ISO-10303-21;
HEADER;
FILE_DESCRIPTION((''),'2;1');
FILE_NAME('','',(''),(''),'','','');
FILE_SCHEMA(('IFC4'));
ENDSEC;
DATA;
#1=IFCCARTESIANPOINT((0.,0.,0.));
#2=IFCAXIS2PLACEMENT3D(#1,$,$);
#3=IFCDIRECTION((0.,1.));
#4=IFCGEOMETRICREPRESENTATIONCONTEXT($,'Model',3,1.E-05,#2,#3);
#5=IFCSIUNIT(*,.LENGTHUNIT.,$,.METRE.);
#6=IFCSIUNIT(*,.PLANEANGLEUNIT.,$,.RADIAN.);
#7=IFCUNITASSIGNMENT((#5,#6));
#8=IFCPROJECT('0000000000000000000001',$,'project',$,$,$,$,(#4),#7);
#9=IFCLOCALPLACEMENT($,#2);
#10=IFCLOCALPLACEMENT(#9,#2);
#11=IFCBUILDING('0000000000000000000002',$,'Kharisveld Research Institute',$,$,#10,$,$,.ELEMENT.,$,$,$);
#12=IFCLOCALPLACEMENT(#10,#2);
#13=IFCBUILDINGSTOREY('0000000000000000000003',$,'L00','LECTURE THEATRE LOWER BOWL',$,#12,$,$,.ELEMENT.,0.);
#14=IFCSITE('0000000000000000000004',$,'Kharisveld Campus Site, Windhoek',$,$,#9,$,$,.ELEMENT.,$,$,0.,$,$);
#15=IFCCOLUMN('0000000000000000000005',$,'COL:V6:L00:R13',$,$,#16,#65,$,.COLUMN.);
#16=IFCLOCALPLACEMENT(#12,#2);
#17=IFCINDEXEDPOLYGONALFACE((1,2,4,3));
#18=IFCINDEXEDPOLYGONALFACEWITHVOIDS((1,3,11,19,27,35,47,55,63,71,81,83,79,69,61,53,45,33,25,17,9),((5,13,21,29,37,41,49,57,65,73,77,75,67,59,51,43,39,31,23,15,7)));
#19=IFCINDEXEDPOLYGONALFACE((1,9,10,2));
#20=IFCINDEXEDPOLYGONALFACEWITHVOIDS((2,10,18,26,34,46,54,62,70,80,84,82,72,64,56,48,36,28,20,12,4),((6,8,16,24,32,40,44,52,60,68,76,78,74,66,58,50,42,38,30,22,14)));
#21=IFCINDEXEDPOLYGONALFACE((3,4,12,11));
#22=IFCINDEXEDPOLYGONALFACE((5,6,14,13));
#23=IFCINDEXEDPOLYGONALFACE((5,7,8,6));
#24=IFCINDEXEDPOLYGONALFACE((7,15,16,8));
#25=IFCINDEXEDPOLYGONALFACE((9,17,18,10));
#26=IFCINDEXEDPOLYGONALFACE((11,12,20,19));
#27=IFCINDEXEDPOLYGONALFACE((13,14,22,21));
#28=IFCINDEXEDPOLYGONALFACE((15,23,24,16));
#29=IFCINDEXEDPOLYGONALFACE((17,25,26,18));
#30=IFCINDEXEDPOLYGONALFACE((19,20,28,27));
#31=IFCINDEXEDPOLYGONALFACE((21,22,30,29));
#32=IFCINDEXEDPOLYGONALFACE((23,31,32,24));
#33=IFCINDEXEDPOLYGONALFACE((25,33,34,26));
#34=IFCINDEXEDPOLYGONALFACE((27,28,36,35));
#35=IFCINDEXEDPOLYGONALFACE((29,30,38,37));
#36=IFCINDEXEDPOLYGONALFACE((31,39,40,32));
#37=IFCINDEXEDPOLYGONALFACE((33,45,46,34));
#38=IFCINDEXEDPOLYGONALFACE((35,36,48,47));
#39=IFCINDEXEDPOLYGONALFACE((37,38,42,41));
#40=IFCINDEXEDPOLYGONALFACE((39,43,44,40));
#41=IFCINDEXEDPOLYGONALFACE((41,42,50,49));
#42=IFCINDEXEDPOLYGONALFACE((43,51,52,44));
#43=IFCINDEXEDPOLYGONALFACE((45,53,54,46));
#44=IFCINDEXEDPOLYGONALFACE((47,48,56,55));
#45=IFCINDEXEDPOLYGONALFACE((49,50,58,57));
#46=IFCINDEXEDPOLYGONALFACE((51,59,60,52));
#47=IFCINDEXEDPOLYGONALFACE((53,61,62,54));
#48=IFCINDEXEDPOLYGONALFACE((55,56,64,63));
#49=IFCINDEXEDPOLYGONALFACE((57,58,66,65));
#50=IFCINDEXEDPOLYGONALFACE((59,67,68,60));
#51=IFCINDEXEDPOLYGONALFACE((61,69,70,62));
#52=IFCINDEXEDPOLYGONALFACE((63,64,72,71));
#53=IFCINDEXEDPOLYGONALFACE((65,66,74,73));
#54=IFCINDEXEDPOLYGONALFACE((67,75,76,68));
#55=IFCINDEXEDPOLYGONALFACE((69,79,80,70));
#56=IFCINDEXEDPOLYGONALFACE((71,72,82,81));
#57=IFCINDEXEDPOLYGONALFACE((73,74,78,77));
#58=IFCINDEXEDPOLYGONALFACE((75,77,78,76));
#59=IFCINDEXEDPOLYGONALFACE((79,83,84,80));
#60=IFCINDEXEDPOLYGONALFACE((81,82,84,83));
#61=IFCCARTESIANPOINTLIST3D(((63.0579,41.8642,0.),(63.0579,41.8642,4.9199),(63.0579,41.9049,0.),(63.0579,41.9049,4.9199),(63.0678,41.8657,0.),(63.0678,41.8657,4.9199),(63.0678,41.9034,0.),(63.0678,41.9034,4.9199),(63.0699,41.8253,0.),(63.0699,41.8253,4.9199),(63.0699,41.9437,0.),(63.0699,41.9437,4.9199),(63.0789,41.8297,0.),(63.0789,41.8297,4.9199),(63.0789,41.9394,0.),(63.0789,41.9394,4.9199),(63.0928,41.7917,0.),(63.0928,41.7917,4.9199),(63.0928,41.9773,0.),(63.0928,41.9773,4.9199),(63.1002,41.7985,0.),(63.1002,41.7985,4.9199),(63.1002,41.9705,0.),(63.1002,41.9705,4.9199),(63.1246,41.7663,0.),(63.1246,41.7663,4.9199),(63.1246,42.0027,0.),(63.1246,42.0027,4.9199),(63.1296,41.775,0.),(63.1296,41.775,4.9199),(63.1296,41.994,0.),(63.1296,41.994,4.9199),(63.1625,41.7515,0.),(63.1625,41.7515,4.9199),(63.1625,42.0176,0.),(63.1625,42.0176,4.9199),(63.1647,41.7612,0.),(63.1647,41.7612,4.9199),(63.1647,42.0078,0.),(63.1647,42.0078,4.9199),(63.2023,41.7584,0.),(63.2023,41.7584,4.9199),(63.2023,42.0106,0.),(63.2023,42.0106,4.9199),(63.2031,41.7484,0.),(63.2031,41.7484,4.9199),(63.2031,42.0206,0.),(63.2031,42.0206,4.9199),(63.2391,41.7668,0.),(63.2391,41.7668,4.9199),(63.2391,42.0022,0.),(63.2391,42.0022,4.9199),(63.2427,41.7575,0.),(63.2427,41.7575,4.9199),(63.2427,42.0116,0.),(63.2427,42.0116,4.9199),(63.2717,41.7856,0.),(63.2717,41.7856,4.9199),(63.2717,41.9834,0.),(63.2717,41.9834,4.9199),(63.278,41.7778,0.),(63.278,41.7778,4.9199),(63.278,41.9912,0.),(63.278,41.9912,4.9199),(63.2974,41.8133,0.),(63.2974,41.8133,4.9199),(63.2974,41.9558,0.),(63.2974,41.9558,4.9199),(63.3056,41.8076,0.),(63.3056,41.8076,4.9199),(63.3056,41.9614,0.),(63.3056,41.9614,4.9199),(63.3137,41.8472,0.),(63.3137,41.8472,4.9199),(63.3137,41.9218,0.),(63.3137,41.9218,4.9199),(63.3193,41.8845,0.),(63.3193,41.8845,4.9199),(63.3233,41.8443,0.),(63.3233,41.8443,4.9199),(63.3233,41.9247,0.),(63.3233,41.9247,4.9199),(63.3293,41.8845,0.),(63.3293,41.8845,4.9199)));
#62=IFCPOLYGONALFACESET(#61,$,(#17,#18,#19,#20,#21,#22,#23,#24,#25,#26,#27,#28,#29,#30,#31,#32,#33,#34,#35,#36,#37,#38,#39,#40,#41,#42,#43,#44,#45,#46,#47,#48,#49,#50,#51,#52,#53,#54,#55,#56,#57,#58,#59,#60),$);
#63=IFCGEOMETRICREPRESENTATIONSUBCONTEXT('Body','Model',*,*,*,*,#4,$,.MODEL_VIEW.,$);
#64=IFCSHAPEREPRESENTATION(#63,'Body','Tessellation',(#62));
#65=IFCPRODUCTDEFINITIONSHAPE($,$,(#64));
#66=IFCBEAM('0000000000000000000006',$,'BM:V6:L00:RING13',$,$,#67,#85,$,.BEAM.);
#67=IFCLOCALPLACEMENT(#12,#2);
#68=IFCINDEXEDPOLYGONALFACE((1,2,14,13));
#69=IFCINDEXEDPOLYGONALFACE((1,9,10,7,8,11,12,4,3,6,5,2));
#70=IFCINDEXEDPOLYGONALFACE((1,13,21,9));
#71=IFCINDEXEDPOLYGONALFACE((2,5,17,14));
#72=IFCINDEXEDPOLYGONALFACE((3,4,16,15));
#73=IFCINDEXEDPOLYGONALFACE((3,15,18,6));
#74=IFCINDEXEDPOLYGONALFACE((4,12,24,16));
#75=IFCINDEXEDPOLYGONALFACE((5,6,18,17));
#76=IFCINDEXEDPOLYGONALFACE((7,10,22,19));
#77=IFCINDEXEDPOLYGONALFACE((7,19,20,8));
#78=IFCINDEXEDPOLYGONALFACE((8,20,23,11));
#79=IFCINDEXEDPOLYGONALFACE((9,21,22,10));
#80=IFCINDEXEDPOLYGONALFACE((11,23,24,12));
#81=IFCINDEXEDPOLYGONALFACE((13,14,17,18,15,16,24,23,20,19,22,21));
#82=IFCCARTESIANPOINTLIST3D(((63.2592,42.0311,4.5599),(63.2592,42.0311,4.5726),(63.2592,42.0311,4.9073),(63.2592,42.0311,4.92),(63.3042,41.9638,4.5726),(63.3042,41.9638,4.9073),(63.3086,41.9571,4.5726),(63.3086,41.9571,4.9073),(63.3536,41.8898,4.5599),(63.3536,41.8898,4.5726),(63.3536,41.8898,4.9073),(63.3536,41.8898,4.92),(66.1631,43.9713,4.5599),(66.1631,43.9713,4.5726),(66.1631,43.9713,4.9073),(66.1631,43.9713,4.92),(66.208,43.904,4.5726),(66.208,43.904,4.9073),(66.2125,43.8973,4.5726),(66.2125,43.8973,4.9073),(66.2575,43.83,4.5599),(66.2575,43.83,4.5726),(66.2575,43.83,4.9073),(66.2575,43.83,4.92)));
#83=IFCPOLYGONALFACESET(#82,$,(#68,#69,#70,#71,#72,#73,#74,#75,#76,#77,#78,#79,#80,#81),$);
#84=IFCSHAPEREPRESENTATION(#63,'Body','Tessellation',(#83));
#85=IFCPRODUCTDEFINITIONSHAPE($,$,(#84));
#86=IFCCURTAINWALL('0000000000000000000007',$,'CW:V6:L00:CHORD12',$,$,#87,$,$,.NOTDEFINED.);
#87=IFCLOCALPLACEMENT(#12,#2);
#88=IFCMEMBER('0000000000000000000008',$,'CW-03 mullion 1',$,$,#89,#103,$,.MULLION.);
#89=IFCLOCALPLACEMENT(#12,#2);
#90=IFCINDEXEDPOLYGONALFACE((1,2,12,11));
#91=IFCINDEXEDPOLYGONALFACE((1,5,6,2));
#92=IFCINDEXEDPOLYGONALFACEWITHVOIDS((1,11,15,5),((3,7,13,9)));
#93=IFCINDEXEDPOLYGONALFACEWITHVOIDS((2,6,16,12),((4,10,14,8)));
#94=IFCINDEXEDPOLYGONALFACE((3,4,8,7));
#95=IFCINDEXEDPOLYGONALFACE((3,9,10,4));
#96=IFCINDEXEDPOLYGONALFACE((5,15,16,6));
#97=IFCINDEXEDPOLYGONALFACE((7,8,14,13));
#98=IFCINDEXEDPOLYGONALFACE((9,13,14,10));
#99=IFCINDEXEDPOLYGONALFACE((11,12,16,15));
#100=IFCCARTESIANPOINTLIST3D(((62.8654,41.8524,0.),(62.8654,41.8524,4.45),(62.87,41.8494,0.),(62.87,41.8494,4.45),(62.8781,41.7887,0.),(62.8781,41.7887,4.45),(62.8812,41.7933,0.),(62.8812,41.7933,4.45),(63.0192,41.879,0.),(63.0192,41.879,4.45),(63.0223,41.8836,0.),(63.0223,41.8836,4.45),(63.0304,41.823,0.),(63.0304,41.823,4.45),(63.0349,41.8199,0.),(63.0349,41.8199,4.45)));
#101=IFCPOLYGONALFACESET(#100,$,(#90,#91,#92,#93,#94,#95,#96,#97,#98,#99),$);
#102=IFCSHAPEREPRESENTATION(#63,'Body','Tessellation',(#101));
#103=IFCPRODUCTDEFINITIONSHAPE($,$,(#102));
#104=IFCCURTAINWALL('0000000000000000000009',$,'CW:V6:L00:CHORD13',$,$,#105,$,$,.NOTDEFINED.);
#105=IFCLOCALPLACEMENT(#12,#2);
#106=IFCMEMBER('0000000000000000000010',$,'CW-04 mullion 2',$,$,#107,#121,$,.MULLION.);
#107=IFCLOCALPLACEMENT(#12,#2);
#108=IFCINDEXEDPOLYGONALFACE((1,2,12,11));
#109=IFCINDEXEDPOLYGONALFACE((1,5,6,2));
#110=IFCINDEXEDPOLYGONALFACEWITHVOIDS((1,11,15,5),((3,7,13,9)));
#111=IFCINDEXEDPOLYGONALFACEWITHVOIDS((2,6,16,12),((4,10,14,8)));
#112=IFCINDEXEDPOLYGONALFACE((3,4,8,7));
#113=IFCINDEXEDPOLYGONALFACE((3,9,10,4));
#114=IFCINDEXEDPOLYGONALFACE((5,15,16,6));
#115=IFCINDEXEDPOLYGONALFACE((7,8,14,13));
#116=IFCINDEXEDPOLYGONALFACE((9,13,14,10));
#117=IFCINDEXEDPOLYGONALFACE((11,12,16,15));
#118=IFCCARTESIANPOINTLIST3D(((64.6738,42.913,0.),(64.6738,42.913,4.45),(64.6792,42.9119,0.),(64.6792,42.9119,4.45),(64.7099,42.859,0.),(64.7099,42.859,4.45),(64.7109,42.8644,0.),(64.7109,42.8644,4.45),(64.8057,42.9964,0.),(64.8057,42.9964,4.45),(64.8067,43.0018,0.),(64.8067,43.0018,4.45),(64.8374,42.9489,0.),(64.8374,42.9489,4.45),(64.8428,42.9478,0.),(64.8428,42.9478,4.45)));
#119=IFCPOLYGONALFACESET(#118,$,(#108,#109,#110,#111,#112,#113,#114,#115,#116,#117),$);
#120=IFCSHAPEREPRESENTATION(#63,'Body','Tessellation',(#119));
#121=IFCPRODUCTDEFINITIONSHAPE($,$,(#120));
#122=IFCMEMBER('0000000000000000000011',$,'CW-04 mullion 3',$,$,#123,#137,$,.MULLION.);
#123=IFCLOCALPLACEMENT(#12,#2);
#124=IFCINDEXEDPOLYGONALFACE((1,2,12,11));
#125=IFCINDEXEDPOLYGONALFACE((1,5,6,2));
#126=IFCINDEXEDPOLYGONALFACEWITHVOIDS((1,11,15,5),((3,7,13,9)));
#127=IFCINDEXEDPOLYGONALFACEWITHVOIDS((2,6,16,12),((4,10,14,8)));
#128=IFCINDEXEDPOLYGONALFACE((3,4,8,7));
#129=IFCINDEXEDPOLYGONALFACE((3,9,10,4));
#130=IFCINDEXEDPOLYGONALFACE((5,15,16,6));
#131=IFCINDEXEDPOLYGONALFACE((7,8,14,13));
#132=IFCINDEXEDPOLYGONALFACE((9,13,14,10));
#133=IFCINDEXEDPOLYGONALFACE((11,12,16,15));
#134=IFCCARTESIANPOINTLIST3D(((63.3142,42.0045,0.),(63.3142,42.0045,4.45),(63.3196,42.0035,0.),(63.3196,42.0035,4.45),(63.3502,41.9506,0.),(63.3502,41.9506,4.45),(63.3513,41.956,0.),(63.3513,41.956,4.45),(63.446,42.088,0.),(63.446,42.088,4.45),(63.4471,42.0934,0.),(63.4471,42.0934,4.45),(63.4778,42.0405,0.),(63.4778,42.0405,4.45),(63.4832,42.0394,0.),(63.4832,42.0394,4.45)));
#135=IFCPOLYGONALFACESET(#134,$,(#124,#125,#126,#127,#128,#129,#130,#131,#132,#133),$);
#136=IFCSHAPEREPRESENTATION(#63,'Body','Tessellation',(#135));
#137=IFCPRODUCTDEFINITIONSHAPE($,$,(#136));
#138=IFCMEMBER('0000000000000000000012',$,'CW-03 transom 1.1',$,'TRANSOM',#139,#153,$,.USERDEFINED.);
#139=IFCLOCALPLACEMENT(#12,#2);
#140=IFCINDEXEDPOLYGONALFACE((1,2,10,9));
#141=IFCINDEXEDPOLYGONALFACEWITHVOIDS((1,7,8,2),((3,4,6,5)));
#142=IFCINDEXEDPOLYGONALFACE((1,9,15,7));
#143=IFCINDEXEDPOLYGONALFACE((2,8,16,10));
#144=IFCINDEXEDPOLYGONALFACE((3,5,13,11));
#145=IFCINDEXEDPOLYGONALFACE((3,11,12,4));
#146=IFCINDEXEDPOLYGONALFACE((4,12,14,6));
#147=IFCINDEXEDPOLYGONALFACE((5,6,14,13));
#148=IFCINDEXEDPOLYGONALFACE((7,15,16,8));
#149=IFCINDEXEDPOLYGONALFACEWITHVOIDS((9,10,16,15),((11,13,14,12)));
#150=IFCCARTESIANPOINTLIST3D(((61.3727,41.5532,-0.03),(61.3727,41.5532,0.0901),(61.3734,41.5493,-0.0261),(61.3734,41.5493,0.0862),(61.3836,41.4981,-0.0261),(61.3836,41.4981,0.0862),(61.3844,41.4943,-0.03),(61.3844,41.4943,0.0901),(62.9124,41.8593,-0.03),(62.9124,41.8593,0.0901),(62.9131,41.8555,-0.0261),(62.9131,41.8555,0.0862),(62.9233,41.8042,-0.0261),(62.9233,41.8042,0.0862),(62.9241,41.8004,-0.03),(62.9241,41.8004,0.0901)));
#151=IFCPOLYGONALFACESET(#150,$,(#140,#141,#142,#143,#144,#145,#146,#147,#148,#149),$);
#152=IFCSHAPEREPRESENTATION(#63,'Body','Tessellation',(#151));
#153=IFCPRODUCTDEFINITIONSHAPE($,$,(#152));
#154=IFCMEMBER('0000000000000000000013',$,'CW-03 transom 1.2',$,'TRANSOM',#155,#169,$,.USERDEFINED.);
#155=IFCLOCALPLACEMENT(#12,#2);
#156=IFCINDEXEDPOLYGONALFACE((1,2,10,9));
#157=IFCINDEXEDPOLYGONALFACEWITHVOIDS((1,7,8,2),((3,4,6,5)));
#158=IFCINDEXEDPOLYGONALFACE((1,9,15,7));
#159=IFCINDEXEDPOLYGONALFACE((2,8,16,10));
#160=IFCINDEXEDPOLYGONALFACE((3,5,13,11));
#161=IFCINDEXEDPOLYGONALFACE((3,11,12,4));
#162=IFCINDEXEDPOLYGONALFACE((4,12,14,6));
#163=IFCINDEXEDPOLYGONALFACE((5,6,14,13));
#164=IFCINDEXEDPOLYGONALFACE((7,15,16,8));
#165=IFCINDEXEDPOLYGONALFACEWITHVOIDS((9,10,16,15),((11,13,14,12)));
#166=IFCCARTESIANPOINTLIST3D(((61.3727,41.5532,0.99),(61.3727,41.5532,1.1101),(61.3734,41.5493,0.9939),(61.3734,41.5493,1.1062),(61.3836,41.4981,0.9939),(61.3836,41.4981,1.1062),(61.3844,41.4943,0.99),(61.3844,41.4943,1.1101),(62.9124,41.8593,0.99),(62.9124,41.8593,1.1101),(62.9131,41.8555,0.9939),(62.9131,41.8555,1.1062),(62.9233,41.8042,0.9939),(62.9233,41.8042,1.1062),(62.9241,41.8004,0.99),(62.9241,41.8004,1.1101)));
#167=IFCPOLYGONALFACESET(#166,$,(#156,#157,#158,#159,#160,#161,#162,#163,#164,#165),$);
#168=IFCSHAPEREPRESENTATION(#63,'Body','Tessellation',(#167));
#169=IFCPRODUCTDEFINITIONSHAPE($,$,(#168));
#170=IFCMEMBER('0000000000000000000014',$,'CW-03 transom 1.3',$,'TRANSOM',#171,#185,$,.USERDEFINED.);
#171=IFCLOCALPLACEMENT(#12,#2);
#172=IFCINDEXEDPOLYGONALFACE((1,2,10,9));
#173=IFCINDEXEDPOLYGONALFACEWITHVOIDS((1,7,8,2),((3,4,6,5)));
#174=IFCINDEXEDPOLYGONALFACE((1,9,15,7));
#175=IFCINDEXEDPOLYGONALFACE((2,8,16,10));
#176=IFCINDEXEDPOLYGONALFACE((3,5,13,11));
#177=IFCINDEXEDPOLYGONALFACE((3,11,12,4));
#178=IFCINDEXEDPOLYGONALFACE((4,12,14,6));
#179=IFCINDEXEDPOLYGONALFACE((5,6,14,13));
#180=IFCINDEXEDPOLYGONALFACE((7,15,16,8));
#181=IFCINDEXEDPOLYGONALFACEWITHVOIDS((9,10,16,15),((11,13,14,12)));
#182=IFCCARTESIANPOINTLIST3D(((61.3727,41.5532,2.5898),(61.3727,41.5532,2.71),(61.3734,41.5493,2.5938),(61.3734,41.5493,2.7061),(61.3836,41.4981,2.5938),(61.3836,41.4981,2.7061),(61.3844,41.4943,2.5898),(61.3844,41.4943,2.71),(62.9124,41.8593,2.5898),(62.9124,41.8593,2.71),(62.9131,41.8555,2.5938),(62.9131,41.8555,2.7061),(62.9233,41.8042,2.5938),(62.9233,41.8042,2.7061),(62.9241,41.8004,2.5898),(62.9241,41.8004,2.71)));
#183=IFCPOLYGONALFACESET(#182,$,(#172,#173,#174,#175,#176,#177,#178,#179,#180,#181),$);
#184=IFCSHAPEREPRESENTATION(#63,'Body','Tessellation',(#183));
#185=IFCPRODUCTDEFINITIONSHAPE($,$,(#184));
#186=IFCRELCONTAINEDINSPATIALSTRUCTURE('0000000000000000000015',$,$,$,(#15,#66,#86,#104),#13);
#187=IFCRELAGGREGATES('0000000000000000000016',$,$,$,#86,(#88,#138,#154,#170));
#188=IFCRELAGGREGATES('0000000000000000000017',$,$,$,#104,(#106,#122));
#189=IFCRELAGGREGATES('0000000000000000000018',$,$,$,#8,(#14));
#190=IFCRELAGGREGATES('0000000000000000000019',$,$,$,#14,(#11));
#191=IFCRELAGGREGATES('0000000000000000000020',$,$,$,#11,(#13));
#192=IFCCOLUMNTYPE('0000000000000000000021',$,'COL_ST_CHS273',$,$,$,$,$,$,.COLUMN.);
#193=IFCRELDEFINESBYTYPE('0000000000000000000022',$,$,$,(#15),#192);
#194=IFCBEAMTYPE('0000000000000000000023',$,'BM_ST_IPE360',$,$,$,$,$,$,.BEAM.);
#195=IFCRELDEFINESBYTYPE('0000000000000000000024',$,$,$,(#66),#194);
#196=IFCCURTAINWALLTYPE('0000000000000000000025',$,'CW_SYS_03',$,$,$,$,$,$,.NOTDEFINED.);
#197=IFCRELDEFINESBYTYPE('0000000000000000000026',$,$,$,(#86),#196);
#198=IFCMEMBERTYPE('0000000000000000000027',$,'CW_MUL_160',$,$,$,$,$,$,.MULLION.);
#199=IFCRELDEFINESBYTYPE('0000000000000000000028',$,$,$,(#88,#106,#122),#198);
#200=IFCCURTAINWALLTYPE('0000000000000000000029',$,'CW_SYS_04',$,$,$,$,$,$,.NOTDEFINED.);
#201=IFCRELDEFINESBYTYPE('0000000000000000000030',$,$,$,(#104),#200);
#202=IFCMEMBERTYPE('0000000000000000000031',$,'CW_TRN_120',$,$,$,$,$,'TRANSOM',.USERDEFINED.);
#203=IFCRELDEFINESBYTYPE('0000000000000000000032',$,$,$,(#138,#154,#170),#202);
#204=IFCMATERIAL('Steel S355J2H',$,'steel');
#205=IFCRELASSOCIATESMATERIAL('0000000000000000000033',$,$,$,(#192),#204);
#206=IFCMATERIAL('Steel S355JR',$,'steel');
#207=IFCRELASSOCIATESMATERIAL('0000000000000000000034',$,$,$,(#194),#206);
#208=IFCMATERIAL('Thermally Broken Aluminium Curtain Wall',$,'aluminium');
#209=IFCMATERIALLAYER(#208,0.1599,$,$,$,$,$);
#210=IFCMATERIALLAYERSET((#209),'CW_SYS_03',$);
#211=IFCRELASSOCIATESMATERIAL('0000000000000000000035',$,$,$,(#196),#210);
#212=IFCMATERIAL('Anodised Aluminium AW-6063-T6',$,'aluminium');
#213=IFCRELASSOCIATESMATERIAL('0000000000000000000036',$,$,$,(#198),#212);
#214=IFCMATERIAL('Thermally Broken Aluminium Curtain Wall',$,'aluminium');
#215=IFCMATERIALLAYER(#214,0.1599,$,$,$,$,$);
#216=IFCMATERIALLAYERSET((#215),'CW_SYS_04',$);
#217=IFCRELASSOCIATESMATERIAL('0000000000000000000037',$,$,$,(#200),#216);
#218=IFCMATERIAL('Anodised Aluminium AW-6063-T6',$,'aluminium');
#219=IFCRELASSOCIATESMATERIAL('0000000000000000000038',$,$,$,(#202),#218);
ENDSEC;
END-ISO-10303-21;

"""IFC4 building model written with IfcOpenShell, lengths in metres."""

from ifc_helpers import new_model, si_unit, direction, frame, origin, origin_2d, place, context, subcontext, project, spatial, hollow_rectangle, hollow_circle, i_section, extrude, material, layer, layer_set, material_profile, profile_set, type_object, element, aggregate, save


model = new_model("IFC4")

# Units and contexts
model_context = context("Model", 3, precision=1e-05, world=origin(), true_north=direction((0.0, 1.0)))
body_context = subcontext(model_context, "Body", "Model", "MODEL_VIEW")
ifc_project = project(units=[si_unit("LENGTHUNIT", "METRE"), si_unit("PLANEANGLEUNIT", "RADIAN")], contexts=[model_context])

# Site, building, storey
site_placement = place(None, origin())
site = spatial("IfcSite", under=ifc_project, at=site_placement, Name="Kharisveld Campus Site, Windhoek", CompositionType="ELEMENT", RefElevation=0.0)
building_placement = place(site_placement, origin())
building = spatial("IfcBuilding", under=site, at=building_placement, Name="Kharisveld Research Institute", CompositionType="ELEMENT")
storey_placement = place(building_placement, origin())
storey = spatial("IfcBuildingStorey", under=building, at=storey_placement, Name="L00", Description="LECTURE THEATRE LOWER BOWL", CompositionType="ELEMENT", Elevation=0.0)

# Column
ifc_material_1 = material(Name="Steel S355J2H", Category="steel")
ifc_material_profile_1 = material_profile(ifc_material_1, hollow_circle(Radius=0.1365, WallThickness=0.01, at=origin_2d()))
ifc_profile_set_1 = profile_set([ifc_material_profile_1], Name="Steel S355J2H")
column_type = type_object("IfcColumnType", Name="COL_ST_CHS273", PredefinedType="COLUMN", material=ifc_profile_set_1)
column_placement = place(storey_placement, frame((63.1929, 41.8845, 0.0), z_axis=(0.0, 0.0, 1.0), x_axis=(1.0, 0.0, 0.0)))
element("IfcColumn", 1, at=column_placement, inside=storey, type_object=column_type, Name="COL:V6:L00:R13", PredefinedType="COLUMN", context=body_context, shape_type="SweptSolid", body=[
    extrude(hollow_circle(Radius=0.1365, WallThickness=0.01, at=origin_2d()), origin(), (0.0, 0.0, 1.0), 4.9199),
])

# Beam
ifc_material_2 = material(Name="Steel S355JR", Category="steel")
ifc_material_profile_2 = material_profile(ifc_material_2, i_section(OverallWidth=0.1699, OverallDepth=0.3601, WebThickness=0.0081, FlangeThickness=0.0127, at=origin_2d()))
ifc_profile_set_2 = profile_set([ifc_material_profile_2], Name="Steel S355JR")
beam_type = type_object("IfcBeamType", Name="BM_ST_IPE360", PredefinedType="BEAM", material=ifc_profile_set_2)
beam_placement = place(storey_placement, frame((63.3064, 41.9604, 4.74), z_axis=(0.83148, 0.555555, 0.0), x_axis=(-0.555555, 0.83148, 0.0)))
element("IfcBeam", 2, at=beam_placement, inside=storey, type_object=beam_type, Name="BM:V6:L00:RING13", PredefinedType="BEAM", context=body_context, shape_type="SweptSolid", body=[
    extrude(i_section(OverallWidth=0.1699, OverallDepth=0.3601, WebThickness=0.0081, FlangeThickness=0.0127, at=origin_2d()), origin(), (0.0, 0.0, 1.0), 3.4924),
])

# Curtain wall, member
ifc_material_3 = material(Name="Thermally Broken Aluminium Curtain Wall", Category="aluminium")
ifc_layer_1 = layer(ifc_material_3, 0.1599)
ifc_layer_set_1 = layer_set([ifc_layer_1], Name="CW_SYS_03")
curtain_wall_type_1 = type_object("IfcCurtainWallType", Name="CW_SYS_03", PredefinedType="NOTDEFINED", material=ifc_layer_set_1)
curtain_wall_1_placement = place(storey_placement, origin())
curtain_wall_1 = element("IfcCurtainWall", 3, at=curtain_wall_1_placement, inside=storey, type_object=curtain_wall_type_1, Name="CW:V6:L00:CHORD12", PredefinedType="NOTDEFINED")
ifc_material_4 = material(Name="Anodised Aluminium AW-6063-T6", Category="aluminium")
ifc_material_profile_3 = material_profile(ifc_material_4, hollow_rectangle(XDim=0.0649, YDim=0.1599, WallThickness=0.0039, at=origin_2d()))
ifc_profile_set_3 = profile_set([ifc_material_profile_3], Name="Anodised Aluminium AW-6063-T6")
member_type_1 = type_object("IfcMemberType", Name="CW_MUL_160", PredefinedType="MULLION", material=ifc_profile_set_3)
member_1_placement = place(storey_placement, frame((62.9502, 41.8362, 0.0), z_axis=(0.0, 0.0, 1.0), x_axis=(0.195091, -0.980785, 0.0)))
member_1 = element("IfcMember", 4, at=member_1_placement, type_object=member_type_1, Name="CW-03 mullion 1", PredefinedType="MULLION", context=body_context, shape_type="SweptSolid", body=[
    extrude(hollow_rectangle(XDim=0.0649, YDim=0.1599, WallThickness=0.0039, at=origin_2d()), origin(), (0.0, 0.0, 1.0), 4.45),
])

# Curtain wall, members
ifc_material_5 = material(Name="Thermally Broken Aluminium Curtain Wall", Category="aluminium")
ifc_layer_2 = layer(ifc_material_5, 0.1599)
ifc_layer_set_2 = layer_set([ifc_layer_2], Name="CW_SYS_04")
curtain_wall_type_2 = type_object("IfcCurtainWallType", Name="CW_SYS_04", PredefinedType="NOTDEFINED", material=ifc_layer_set_2)
curtain_wall_2_placement = place(storey_placement, origin())
curtain_wall_2 = element("IfcCurtainWall", 5, at=curtain_wall_2_placement, inside=storey, type_object=curtain_wall_type_2, Name="CW:V6:L00:CHORD13", PredefinedType="NOTDEFINED")
member_2_placement = place(storey_placement, frame((64.7583, 42.9304, 0.0), z_axis=(0.0, 0.0, 1.0), x_axis=(0.55557, -0.83147, 0.0)))
member_2 = element("IfcMember", 6, at=member_2_placement, type_object=member_type_1, Name="CW-04 mullion 2", PredefinedType="MULLION", context=body_context, shape_type="SweptSolid", body=[
    extrude(hollow_rectangle(XDim=0.0649, YDim=0.1599, WallThickness=0.0039, at=origin_2d()), origin(), (0.0, 0.0, 1.0), 4.45),
])
member_3_placement = place(storey_placement, frame((63.3987, 42.022, 0.0), z_axis=(0.0, 0.0, 1.0), x_axis=(0.55557, -0.83147, 0.0)))
member_3 = element("IfcMember", 7, at=member_3_placement, type_object=member_type_1, Name="CW-04 mullion 3", PredefinedType="MULLION", context=body_context, shape_type="SweptSolid", body=[
    extrude(hollow_rectangle(XDim=0.0649, YDim=0.1599, WallThickness=0.0039, at=origin_2d()), origin(), (0.0, 0.0, 1.0), 4.45),
])

# Members
ifc_material_6 = material(Name="Anodised Aluminium AW-6063-T6", Category="aluminium")
ifc_material_profile_4 = material_profile(ifc_material_6, hollow_rectangle(XDim=0.0601, YDim=0.1201, WallThickness=0.0039, at=origin_2d()))
ifc_profile_set_4 = profile_set([ifc_material_profile_4], Name="Anodised Aluminium AW-6063-T6")
member_type_2 = type_object("IfcMemberType", Name="CW_TRN_120", ElementType="TRANSOM", PredefinedType="USERDEFINED", material=ifc_profile_set_4)
member_4_placement = place(storey_placement, frame((62.9182, 41.8298, 0.03), z_axis=(-0.980801, -0.195009, 0.0), x_axis=(0.195009, -0.980801, 0.0)))
member_4 = element("IfcMember", 8, at=member_4_placement, type_object=member_type_2, Name="CW-03 transom 1.1", ObjectType="TRANSOM", PredefinedType="USERDEFINED", context=body_context, shape_type="SweptSolid", body=[
    extrude(hollow_rectangle(XDim=0.0601, YDim=0.1201, WallThickness=0.0039, at=origin_2d()), origin(), (0.0, 0.0, 1.0), 1.5698),
])
member_5_placement = place(storey_placement, frame((62.9182, 41.8298, 1.05), z_axis=(-0.980801, -0.195009, 0.0), x_axis=(0.195009, -0.980801, 0.0)))
member_5 = element("IfcMember", 9, at=member_5_placement, type_object=member_type_2, Name="CW-03 transom 1.2", ObjectType="TRANSOM", PredefinedType="USERDEFINED", context=body_context, shape_type="SweptSolid", body=[
    extrude(hollow_rectangle(XDim=0.0601, YDim=0.1201, WallThickness=0.0039, at=origin_2d()), origin(), (0.0, 0.0, 1.0), 1.5698),
])
member_6_placement = place(storey_placement, frame((62.9182, 41.8298, 2.6499), z_axis=(-0.980801, -0.195009, 0.0), x_axis=(0.195009, -0.980801, 0.0)))
member_6 = element("IfcMember", 10, at=member_6_placement, type_object=member_type_2, Name="CW-03 transom 1.3", ObjectType="TRANSOM", PredefinedType="USERDEFINED", context=body_context, shape_type="SweptSolid", body=[
    extrude(hollow_rectangle(XDim=0.0601, YDim=0.1201, WallThickness=0.0039, at=origin_2d()), origin(), (0.0, 0.0, 1.0), 1.5698),
])

aggregate(curtain_wall_1, [member_1, member_4, member_5, member_6])
aggregate(curtain_wall_2, [member_2, member_3])

save(model, "model.ifc")
